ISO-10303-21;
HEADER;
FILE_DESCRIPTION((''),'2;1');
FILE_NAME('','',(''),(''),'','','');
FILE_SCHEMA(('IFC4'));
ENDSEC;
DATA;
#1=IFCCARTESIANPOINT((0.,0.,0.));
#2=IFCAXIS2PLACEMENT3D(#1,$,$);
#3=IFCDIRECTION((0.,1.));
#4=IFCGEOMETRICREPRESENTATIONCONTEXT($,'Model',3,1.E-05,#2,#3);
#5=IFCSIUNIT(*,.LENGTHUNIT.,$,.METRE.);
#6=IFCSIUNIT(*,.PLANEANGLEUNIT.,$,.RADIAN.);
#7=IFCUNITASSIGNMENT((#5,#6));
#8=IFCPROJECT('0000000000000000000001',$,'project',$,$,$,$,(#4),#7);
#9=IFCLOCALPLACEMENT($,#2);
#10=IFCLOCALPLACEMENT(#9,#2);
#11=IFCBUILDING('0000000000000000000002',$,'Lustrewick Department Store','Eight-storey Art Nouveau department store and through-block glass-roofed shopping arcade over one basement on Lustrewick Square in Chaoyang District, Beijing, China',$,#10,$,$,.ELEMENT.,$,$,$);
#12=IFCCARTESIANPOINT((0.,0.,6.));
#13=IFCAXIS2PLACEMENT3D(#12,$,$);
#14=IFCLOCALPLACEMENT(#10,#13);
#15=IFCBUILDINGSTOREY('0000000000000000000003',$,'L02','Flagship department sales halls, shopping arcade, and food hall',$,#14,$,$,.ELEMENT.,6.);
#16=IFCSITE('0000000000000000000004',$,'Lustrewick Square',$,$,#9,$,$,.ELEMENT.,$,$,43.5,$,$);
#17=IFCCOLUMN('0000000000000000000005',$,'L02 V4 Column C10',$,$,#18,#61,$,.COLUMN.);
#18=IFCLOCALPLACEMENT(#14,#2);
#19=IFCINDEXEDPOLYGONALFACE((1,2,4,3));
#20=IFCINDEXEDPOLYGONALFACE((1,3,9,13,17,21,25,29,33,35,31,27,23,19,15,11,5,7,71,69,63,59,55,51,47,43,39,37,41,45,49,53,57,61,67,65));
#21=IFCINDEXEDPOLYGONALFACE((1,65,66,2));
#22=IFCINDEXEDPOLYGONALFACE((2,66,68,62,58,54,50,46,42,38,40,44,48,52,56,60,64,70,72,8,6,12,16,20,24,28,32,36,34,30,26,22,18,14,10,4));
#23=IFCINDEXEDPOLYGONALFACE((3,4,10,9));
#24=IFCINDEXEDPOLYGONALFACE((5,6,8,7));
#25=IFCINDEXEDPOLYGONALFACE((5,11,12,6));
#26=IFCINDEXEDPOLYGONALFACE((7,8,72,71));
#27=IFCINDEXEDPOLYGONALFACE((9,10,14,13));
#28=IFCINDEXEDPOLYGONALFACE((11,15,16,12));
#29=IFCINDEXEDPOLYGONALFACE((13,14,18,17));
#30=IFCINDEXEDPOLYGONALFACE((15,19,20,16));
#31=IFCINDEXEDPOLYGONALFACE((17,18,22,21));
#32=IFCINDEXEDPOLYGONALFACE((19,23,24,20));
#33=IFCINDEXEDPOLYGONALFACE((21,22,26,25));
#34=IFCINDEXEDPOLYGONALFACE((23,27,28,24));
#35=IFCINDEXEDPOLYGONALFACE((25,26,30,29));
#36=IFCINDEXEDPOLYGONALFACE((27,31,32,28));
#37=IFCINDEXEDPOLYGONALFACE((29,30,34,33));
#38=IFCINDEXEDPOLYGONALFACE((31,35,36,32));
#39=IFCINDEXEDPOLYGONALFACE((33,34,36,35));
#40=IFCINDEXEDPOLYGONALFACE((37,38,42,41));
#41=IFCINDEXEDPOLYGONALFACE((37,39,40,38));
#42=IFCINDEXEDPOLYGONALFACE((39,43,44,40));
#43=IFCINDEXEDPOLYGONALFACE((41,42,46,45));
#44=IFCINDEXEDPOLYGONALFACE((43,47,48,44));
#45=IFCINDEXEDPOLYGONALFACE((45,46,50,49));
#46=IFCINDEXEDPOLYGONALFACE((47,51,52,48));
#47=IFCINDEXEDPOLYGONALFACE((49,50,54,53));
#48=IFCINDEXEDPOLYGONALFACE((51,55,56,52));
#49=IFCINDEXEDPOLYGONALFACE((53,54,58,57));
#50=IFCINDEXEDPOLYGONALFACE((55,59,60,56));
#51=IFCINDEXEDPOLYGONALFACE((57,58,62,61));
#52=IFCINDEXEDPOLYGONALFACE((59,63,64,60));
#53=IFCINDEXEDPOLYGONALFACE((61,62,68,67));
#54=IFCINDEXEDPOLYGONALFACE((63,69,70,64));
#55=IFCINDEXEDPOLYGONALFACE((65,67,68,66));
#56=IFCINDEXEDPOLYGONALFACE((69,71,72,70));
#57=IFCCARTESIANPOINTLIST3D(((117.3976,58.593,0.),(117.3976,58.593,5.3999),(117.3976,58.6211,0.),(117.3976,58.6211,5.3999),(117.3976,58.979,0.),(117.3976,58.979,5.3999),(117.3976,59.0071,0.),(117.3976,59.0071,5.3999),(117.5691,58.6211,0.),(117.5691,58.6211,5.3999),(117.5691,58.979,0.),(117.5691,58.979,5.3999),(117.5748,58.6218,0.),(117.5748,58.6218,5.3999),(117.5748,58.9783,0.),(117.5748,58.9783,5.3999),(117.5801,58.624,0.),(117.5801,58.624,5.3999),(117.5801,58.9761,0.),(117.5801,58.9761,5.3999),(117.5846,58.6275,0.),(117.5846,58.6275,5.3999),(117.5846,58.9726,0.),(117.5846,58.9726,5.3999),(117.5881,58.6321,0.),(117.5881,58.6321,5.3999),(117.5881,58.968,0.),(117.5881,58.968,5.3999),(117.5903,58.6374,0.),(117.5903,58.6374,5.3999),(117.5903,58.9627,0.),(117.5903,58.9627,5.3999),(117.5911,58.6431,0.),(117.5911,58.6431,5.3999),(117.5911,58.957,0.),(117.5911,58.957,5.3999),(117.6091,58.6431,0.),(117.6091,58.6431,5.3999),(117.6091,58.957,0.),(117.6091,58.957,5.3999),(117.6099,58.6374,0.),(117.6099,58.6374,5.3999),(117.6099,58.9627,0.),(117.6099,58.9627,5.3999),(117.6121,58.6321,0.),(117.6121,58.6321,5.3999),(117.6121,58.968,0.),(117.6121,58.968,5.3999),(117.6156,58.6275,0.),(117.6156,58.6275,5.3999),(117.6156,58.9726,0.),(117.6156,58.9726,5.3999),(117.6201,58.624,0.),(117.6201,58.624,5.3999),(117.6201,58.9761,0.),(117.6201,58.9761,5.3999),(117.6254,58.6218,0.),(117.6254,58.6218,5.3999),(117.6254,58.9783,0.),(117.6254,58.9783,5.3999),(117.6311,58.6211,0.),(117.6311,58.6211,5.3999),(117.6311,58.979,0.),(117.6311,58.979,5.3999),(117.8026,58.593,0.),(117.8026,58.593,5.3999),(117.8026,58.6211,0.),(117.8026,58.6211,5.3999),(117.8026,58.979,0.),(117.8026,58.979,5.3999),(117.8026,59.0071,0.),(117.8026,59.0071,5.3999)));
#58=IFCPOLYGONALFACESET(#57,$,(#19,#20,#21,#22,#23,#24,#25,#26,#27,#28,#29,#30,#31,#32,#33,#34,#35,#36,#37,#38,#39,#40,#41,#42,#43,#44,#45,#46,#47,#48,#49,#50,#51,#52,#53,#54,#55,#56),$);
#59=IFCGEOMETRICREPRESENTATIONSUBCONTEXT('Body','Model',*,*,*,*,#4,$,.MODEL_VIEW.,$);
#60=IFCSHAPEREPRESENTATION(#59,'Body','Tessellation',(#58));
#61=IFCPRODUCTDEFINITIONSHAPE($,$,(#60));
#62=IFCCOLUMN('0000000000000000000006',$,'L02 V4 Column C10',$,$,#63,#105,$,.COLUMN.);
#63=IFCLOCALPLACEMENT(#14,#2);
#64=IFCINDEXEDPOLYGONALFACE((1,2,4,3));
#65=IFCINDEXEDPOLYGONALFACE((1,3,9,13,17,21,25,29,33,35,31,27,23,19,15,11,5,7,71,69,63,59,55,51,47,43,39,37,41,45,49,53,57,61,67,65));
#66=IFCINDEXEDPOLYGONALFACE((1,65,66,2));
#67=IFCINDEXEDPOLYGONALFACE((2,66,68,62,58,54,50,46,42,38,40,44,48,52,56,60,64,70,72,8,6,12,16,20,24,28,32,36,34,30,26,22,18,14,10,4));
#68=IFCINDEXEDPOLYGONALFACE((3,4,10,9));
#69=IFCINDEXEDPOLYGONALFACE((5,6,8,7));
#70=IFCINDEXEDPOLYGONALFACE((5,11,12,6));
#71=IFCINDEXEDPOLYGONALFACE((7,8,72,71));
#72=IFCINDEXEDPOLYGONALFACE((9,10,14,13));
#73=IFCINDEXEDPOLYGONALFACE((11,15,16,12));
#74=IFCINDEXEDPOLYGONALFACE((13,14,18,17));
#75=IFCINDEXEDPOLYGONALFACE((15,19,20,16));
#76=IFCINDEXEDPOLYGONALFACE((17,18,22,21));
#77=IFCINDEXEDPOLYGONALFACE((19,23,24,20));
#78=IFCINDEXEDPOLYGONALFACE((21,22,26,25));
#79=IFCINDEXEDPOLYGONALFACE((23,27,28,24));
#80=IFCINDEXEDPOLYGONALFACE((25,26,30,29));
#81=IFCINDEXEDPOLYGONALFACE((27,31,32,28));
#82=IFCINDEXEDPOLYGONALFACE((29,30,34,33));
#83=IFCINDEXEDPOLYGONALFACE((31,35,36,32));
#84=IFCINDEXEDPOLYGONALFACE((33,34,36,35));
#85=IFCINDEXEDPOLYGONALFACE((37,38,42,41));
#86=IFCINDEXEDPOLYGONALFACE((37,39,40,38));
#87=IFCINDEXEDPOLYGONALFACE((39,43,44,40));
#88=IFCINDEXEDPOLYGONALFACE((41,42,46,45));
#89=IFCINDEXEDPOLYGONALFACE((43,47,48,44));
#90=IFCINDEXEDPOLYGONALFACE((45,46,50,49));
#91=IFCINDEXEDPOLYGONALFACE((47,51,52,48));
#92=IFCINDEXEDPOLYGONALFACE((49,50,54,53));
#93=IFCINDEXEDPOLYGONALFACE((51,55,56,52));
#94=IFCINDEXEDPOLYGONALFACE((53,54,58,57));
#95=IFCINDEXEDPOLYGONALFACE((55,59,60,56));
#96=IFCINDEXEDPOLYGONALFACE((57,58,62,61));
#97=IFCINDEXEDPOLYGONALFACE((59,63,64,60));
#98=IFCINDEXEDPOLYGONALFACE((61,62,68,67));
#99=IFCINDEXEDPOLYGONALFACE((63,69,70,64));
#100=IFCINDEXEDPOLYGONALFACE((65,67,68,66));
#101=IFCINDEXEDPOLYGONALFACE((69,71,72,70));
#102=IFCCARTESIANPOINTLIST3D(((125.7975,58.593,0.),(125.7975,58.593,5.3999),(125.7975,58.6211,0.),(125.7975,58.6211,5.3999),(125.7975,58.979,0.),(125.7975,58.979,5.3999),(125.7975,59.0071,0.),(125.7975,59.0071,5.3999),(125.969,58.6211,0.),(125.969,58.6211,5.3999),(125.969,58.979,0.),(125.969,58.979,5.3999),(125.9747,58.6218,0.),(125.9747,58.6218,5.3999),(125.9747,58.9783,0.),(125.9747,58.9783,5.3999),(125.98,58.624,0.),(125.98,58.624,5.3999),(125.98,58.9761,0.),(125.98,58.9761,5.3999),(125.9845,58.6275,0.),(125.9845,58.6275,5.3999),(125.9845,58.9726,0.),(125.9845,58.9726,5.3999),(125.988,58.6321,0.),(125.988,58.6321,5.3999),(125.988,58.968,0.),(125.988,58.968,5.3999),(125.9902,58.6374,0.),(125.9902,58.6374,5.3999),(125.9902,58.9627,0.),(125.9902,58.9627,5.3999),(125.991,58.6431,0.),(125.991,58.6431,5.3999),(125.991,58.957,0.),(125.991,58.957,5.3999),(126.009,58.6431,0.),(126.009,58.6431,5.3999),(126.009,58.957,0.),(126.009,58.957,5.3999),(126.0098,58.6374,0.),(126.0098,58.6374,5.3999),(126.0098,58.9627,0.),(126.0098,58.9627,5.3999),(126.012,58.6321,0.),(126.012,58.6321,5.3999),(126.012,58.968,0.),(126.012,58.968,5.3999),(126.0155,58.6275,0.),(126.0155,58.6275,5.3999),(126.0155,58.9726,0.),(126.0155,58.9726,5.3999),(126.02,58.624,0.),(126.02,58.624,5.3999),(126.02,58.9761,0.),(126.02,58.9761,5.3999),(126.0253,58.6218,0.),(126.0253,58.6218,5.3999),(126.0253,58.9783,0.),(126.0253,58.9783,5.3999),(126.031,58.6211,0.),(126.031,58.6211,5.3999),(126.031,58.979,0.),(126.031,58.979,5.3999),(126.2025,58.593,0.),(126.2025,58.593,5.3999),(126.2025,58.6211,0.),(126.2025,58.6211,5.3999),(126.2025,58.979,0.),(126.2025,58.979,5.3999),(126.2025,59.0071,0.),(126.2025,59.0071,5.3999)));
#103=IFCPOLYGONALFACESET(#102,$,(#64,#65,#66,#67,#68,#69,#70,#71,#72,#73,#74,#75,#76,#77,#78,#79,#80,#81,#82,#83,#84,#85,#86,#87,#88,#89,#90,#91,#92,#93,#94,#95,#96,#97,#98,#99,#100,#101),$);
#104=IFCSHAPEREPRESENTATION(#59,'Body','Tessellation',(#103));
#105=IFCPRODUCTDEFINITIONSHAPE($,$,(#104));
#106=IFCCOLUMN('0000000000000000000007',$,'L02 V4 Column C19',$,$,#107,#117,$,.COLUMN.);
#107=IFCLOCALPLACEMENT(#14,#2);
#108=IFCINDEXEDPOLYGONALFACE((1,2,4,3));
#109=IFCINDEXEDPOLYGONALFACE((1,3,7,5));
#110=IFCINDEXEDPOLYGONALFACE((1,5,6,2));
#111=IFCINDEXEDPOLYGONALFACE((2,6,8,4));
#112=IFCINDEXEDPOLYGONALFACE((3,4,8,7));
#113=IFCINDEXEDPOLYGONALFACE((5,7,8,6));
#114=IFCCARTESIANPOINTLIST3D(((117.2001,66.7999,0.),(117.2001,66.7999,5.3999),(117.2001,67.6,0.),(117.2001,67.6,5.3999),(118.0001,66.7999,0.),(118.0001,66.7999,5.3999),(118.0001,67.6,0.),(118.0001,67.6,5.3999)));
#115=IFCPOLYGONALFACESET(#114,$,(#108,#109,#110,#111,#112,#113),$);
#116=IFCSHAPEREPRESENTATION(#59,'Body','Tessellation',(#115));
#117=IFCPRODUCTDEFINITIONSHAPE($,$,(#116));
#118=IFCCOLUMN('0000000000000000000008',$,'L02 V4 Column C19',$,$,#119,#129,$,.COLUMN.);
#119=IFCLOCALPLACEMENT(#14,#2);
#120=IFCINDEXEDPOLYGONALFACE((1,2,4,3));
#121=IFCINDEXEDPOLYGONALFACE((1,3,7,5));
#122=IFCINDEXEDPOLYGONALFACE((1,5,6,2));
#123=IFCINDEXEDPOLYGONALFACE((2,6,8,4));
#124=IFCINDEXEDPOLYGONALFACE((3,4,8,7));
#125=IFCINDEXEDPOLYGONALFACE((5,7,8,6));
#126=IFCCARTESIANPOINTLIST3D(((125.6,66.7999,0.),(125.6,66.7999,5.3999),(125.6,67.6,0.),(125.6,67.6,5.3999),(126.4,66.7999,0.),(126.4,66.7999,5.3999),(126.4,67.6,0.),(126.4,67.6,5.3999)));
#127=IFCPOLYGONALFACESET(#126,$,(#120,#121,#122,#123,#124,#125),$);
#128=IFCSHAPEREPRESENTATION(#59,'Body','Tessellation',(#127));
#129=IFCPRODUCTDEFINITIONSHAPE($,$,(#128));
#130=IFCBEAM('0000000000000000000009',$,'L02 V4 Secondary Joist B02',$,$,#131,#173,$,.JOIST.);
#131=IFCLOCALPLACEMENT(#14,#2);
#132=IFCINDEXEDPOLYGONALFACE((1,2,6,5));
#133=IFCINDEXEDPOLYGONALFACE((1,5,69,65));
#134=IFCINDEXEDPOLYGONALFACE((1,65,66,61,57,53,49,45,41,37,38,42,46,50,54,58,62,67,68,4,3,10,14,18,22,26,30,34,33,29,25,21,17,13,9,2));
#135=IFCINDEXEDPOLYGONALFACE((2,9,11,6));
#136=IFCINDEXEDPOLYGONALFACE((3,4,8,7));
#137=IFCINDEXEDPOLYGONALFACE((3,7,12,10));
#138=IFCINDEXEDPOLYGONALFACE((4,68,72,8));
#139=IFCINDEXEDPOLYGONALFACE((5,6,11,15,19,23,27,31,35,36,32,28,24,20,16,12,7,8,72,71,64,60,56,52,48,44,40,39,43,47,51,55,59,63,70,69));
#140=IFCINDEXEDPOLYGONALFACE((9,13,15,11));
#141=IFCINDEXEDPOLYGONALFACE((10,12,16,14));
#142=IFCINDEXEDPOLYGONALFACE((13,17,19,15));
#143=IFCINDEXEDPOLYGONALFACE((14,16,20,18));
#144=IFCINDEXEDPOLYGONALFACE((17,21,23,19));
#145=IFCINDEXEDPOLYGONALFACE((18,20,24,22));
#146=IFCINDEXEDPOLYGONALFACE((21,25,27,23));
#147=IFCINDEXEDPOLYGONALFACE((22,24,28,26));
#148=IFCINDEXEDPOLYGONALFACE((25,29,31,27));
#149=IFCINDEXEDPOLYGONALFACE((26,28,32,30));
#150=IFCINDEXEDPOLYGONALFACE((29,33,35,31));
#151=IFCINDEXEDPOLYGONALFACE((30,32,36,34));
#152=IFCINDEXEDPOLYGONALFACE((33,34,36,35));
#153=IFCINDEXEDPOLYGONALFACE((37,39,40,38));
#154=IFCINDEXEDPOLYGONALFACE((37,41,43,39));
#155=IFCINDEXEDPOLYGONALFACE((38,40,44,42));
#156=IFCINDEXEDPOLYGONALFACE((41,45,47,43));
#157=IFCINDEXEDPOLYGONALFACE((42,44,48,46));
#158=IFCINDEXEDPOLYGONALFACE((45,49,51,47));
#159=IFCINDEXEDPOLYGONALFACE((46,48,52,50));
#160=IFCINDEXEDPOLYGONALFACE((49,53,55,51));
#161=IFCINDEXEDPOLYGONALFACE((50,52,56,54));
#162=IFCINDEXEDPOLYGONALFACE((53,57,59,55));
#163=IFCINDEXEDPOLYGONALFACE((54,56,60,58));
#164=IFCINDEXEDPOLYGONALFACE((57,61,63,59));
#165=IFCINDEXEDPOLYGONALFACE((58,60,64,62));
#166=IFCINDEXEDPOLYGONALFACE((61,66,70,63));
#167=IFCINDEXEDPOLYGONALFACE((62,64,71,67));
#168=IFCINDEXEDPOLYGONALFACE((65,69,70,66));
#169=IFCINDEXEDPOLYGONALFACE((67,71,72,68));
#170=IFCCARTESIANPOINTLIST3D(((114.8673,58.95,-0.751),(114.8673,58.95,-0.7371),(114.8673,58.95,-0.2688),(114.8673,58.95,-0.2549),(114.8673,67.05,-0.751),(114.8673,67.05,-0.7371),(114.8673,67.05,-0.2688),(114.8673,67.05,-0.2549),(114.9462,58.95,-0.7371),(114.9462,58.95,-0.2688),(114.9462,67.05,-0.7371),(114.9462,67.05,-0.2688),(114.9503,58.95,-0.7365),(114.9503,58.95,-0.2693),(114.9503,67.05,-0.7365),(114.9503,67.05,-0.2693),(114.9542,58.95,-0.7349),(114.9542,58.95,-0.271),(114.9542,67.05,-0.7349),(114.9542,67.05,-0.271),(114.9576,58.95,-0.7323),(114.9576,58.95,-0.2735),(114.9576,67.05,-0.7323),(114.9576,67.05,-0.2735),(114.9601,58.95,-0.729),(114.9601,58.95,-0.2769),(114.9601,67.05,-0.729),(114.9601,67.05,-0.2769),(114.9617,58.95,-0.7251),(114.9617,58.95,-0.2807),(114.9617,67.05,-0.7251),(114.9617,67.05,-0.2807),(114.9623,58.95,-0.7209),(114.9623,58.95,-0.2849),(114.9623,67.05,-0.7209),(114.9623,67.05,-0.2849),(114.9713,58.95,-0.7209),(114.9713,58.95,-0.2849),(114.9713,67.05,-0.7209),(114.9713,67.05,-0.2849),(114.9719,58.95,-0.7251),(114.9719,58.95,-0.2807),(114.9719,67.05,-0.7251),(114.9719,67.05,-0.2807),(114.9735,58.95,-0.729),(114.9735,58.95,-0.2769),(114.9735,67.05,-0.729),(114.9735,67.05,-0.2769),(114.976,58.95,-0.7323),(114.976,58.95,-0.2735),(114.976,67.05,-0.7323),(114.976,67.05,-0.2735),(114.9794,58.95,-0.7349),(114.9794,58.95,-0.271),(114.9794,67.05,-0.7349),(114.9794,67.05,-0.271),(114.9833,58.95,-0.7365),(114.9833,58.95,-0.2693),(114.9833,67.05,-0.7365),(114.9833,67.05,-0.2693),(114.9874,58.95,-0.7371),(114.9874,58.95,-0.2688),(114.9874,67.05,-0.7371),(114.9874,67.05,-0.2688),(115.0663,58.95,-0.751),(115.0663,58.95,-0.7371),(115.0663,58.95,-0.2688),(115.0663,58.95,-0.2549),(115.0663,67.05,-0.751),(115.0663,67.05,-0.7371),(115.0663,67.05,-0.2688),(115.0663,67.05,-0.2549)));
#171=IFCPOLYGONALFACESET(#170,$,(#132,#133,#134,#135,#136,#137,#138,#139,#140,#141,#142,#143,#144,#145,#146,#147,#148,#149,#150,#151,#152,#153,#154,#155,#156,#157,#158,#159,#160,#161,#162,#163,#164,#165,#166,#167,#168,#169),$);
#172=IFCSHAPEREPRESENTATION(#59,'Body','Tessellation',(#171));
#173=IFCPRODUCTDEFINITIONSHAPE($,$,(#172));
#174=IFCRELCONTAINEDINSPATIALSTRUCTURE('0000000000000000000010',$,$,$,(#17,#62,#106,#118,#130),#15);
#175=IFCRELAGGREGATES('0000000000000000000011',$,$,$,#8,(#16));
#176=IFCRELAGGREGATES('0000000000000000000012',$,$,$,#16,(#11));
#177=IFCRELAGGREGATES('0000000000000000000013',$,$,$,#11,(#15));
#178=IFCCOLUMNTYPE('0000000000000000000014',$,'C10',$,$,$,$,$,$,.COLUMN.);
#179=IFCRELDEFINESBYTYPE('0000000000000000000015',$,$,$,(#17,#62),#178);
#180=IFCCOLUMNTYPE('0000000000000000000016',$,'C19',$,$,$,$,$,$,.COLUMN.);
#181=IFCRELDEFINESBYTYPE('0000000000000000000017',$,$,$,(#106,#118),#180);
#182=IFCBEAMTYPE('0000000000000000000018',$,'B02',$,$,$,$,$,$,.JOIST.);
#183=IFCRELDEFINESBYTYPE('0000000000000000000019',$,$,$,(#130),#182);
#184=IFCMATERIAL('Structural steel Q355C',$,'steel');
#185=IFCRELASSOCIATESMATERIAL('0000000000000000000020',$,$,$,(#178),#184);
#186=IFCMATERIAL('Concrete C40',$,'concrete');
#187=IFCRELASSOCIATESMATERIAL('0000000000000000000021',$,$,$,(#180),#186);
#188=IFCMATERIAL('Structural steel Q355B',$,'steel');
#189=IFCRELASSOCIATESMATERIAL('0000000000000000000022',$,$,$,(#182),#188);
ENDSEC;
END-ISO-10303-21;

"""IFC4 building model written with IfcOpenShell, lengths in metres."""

from ifc_helpers import new_model, si_unit, direction, frame, origin, origin_2d, place, context, subcontext, project, spatial, rectangle, i_section, extrude, material, material_profile, profile_set, type_object, element, save


model = new_model("IFC4")

# Units and contexts
model_context = context("Model", 3, precision=1e-05, world=origin(), true_north=direction((0.0, 1.0)))
body_context = subcontext(model_context, "Body", "Model", "MODEL_VIEW")
ifc_project = project(units=[si_unit("LENGTHUNIT", "METRE"), si_unit("PLANEANGLEUNIT", "RADIAN")], contexts=[model_context])

# Site, building, storey
site_placement = place(None, origin())
site = spatial("IfcSite", under=ifc_project, at=site_placement, Name="Lustrewick Square", CompositionType="ELEMENT", RefElevation=43.5)
building_placement = place(site_placement, origin())
building = spatial("IfcBuilding", under=site, at=building_placement, Name="Lustrewick Department Store", Description="Eight-storey Art Nouveau department store and through-block glass-roofed shopping arcade over one basement on Lustrewick Square in Chaoyang District, Beijing, China", CompositionType="ELEMENT")
storey_placement = place(building_placement, frame((0.0, 0.0, 6.0)))
storey = spatial("IfcBuildingStorey", under=building, at=storey_placement, Name="L02", Description="Flagship department sales halls, shopping arcade, and food hall", CompositionType="ELEMENT", Elevation=6.0)

# Columns
ifc_material_1 = material(Name="Structural steel Q355C", Category="steel")
ifc_material_profile_1 = material_profile(ifc_material_1, i_section(OverallWidth=0.405, OverallDepth=0.4141, WebThickness=0.0181, FlangeThickness=0.0281, FilletRadius=0.022, at=origin_2d()), Name="HW 414x405x18x28")
ifc_profile_set_1 = profile_set([ifc_material_profile_1], Name="Structural steel Q355C")
column_type_1 = type_object("IfcColumnType", Name="C10", PredefinedType="COLUMN", material=ifc_profile_set_1)
for number, where, z_axis, x_axis, name in (
    (1, (117.6001, 58.8, 0.0), (0.0, 0.0, 1.0), (1.0, 0.0, 0.0), "L02 V4 Column C10"),
    (2, (126.0, 58.8, 0.0), (0.0, 0.0, 1.0), (1.0, 0.0, 0.0), "L02 V4 Column C10"),
):
    element("IfcColumn", number, at=place(storey_placement, frame(where, z_axis=z_axis, x_axis=x_axis)), inside=storey, type_object=column_type_1, Name=name, PredefinedType="COLUMN", context=body_context, shape_type="SweptSolid", body=[
        extrude(i_section(OverallWidth=0.405, OverallDepth=0.4141, WebThickness=0.0181, FlangeThickness=0.0281, FilletRadius=0.022, at=origin_2d()), origin(), (0.0, 0.0, 1.0), 5.3999),
    ])
ifc_material_2 = material(Name="Concrete C40", Category="concrete")
ifc_material_profile_2 = material_profile(ifc_material_2, rectangle(XDim=0.8, YDim=0.8, at=origin_2d()), Name="RC 800x800")
ifc_profile_set_2 = profile_set([ifc_material_profile_2], Name="Concrete C40")
column_type_2 = type_object("IfcColumnType", Name="C19", PredefinedType="COLUMN", material=ifc_profile_set_2)
for number, where, z_axis, x_axis, name in (
    (3, (117.6001, 67.2, 0.0), (0.0, 0.0, 1.0), (1.0, 0.0, 0.0), "L02 V4 Column C19"),
    (4, (126.0, 67.2, 0.0), (0.0, 0.0, 1.0), (1.0, 0.0, 0.0), "L02 V4 Column C19"),
):
    element("IfcColumn", number, at=place(storey_placement, frame(where, z_axis=z_axis, x_axis=x_axis)), inside=storey, type_object=column_type_2, Name=name, PredefinedType="COLUMN", context=body_context, shape_type="SweptSolid", body=[
        extrude(rectangle(XDim=0.8, YDim=0.8, at=origin_2d()), origin(), (0.0, 0.0, 1.0), 5.3999),
    ])

# Beam
ifc_material_3 = material(Name="Structural steel Q355B", Category="steel")
ifc_material_profile_3 = material_profile(ifc_material_3, i_section(OverallWidth=0.199, OverallDepth=0.4961, WebThickness=0.009, FlangeThickness=0.0139, FilletRadius=0.0161, at=origin_2d()), Name="HN 496x199x9x14")
ifc_profile_set_3 = profile_set([ifc_material_profile_3], Name="Structural steel Q355B")
beam_type_1 = type_object("IfcBeamType", Name="B02", PredefinedType="JOIST", material=ifc_profile_set_3)
beam_1_placement = place(storey_placement, frame((114.9668, 58.95, -0.5029), z_axis=(0.0, 1.0, 0.0), x_axis=(-1.0, 0.0, 0.0)))
element("IfcBeam", 5, at=beam_1_placement, inside=storey, type_object=beam_type_1, Name="L02 V4 Secondary Joist B02", PredefinedType="JOIST", context=body_context, shape_type="SweptSolid", body=[
    extrude(i_section(OverallWidth=0.199, OverallDepth=0.4961, WebThickness=0.009, FlangeThickness=0.0139, FilletRadius=0.0161, at=origin_2d()), origin(), (0.0, 0.0, 1.0), 8.1001),
])

save(model, "model.ifc")
